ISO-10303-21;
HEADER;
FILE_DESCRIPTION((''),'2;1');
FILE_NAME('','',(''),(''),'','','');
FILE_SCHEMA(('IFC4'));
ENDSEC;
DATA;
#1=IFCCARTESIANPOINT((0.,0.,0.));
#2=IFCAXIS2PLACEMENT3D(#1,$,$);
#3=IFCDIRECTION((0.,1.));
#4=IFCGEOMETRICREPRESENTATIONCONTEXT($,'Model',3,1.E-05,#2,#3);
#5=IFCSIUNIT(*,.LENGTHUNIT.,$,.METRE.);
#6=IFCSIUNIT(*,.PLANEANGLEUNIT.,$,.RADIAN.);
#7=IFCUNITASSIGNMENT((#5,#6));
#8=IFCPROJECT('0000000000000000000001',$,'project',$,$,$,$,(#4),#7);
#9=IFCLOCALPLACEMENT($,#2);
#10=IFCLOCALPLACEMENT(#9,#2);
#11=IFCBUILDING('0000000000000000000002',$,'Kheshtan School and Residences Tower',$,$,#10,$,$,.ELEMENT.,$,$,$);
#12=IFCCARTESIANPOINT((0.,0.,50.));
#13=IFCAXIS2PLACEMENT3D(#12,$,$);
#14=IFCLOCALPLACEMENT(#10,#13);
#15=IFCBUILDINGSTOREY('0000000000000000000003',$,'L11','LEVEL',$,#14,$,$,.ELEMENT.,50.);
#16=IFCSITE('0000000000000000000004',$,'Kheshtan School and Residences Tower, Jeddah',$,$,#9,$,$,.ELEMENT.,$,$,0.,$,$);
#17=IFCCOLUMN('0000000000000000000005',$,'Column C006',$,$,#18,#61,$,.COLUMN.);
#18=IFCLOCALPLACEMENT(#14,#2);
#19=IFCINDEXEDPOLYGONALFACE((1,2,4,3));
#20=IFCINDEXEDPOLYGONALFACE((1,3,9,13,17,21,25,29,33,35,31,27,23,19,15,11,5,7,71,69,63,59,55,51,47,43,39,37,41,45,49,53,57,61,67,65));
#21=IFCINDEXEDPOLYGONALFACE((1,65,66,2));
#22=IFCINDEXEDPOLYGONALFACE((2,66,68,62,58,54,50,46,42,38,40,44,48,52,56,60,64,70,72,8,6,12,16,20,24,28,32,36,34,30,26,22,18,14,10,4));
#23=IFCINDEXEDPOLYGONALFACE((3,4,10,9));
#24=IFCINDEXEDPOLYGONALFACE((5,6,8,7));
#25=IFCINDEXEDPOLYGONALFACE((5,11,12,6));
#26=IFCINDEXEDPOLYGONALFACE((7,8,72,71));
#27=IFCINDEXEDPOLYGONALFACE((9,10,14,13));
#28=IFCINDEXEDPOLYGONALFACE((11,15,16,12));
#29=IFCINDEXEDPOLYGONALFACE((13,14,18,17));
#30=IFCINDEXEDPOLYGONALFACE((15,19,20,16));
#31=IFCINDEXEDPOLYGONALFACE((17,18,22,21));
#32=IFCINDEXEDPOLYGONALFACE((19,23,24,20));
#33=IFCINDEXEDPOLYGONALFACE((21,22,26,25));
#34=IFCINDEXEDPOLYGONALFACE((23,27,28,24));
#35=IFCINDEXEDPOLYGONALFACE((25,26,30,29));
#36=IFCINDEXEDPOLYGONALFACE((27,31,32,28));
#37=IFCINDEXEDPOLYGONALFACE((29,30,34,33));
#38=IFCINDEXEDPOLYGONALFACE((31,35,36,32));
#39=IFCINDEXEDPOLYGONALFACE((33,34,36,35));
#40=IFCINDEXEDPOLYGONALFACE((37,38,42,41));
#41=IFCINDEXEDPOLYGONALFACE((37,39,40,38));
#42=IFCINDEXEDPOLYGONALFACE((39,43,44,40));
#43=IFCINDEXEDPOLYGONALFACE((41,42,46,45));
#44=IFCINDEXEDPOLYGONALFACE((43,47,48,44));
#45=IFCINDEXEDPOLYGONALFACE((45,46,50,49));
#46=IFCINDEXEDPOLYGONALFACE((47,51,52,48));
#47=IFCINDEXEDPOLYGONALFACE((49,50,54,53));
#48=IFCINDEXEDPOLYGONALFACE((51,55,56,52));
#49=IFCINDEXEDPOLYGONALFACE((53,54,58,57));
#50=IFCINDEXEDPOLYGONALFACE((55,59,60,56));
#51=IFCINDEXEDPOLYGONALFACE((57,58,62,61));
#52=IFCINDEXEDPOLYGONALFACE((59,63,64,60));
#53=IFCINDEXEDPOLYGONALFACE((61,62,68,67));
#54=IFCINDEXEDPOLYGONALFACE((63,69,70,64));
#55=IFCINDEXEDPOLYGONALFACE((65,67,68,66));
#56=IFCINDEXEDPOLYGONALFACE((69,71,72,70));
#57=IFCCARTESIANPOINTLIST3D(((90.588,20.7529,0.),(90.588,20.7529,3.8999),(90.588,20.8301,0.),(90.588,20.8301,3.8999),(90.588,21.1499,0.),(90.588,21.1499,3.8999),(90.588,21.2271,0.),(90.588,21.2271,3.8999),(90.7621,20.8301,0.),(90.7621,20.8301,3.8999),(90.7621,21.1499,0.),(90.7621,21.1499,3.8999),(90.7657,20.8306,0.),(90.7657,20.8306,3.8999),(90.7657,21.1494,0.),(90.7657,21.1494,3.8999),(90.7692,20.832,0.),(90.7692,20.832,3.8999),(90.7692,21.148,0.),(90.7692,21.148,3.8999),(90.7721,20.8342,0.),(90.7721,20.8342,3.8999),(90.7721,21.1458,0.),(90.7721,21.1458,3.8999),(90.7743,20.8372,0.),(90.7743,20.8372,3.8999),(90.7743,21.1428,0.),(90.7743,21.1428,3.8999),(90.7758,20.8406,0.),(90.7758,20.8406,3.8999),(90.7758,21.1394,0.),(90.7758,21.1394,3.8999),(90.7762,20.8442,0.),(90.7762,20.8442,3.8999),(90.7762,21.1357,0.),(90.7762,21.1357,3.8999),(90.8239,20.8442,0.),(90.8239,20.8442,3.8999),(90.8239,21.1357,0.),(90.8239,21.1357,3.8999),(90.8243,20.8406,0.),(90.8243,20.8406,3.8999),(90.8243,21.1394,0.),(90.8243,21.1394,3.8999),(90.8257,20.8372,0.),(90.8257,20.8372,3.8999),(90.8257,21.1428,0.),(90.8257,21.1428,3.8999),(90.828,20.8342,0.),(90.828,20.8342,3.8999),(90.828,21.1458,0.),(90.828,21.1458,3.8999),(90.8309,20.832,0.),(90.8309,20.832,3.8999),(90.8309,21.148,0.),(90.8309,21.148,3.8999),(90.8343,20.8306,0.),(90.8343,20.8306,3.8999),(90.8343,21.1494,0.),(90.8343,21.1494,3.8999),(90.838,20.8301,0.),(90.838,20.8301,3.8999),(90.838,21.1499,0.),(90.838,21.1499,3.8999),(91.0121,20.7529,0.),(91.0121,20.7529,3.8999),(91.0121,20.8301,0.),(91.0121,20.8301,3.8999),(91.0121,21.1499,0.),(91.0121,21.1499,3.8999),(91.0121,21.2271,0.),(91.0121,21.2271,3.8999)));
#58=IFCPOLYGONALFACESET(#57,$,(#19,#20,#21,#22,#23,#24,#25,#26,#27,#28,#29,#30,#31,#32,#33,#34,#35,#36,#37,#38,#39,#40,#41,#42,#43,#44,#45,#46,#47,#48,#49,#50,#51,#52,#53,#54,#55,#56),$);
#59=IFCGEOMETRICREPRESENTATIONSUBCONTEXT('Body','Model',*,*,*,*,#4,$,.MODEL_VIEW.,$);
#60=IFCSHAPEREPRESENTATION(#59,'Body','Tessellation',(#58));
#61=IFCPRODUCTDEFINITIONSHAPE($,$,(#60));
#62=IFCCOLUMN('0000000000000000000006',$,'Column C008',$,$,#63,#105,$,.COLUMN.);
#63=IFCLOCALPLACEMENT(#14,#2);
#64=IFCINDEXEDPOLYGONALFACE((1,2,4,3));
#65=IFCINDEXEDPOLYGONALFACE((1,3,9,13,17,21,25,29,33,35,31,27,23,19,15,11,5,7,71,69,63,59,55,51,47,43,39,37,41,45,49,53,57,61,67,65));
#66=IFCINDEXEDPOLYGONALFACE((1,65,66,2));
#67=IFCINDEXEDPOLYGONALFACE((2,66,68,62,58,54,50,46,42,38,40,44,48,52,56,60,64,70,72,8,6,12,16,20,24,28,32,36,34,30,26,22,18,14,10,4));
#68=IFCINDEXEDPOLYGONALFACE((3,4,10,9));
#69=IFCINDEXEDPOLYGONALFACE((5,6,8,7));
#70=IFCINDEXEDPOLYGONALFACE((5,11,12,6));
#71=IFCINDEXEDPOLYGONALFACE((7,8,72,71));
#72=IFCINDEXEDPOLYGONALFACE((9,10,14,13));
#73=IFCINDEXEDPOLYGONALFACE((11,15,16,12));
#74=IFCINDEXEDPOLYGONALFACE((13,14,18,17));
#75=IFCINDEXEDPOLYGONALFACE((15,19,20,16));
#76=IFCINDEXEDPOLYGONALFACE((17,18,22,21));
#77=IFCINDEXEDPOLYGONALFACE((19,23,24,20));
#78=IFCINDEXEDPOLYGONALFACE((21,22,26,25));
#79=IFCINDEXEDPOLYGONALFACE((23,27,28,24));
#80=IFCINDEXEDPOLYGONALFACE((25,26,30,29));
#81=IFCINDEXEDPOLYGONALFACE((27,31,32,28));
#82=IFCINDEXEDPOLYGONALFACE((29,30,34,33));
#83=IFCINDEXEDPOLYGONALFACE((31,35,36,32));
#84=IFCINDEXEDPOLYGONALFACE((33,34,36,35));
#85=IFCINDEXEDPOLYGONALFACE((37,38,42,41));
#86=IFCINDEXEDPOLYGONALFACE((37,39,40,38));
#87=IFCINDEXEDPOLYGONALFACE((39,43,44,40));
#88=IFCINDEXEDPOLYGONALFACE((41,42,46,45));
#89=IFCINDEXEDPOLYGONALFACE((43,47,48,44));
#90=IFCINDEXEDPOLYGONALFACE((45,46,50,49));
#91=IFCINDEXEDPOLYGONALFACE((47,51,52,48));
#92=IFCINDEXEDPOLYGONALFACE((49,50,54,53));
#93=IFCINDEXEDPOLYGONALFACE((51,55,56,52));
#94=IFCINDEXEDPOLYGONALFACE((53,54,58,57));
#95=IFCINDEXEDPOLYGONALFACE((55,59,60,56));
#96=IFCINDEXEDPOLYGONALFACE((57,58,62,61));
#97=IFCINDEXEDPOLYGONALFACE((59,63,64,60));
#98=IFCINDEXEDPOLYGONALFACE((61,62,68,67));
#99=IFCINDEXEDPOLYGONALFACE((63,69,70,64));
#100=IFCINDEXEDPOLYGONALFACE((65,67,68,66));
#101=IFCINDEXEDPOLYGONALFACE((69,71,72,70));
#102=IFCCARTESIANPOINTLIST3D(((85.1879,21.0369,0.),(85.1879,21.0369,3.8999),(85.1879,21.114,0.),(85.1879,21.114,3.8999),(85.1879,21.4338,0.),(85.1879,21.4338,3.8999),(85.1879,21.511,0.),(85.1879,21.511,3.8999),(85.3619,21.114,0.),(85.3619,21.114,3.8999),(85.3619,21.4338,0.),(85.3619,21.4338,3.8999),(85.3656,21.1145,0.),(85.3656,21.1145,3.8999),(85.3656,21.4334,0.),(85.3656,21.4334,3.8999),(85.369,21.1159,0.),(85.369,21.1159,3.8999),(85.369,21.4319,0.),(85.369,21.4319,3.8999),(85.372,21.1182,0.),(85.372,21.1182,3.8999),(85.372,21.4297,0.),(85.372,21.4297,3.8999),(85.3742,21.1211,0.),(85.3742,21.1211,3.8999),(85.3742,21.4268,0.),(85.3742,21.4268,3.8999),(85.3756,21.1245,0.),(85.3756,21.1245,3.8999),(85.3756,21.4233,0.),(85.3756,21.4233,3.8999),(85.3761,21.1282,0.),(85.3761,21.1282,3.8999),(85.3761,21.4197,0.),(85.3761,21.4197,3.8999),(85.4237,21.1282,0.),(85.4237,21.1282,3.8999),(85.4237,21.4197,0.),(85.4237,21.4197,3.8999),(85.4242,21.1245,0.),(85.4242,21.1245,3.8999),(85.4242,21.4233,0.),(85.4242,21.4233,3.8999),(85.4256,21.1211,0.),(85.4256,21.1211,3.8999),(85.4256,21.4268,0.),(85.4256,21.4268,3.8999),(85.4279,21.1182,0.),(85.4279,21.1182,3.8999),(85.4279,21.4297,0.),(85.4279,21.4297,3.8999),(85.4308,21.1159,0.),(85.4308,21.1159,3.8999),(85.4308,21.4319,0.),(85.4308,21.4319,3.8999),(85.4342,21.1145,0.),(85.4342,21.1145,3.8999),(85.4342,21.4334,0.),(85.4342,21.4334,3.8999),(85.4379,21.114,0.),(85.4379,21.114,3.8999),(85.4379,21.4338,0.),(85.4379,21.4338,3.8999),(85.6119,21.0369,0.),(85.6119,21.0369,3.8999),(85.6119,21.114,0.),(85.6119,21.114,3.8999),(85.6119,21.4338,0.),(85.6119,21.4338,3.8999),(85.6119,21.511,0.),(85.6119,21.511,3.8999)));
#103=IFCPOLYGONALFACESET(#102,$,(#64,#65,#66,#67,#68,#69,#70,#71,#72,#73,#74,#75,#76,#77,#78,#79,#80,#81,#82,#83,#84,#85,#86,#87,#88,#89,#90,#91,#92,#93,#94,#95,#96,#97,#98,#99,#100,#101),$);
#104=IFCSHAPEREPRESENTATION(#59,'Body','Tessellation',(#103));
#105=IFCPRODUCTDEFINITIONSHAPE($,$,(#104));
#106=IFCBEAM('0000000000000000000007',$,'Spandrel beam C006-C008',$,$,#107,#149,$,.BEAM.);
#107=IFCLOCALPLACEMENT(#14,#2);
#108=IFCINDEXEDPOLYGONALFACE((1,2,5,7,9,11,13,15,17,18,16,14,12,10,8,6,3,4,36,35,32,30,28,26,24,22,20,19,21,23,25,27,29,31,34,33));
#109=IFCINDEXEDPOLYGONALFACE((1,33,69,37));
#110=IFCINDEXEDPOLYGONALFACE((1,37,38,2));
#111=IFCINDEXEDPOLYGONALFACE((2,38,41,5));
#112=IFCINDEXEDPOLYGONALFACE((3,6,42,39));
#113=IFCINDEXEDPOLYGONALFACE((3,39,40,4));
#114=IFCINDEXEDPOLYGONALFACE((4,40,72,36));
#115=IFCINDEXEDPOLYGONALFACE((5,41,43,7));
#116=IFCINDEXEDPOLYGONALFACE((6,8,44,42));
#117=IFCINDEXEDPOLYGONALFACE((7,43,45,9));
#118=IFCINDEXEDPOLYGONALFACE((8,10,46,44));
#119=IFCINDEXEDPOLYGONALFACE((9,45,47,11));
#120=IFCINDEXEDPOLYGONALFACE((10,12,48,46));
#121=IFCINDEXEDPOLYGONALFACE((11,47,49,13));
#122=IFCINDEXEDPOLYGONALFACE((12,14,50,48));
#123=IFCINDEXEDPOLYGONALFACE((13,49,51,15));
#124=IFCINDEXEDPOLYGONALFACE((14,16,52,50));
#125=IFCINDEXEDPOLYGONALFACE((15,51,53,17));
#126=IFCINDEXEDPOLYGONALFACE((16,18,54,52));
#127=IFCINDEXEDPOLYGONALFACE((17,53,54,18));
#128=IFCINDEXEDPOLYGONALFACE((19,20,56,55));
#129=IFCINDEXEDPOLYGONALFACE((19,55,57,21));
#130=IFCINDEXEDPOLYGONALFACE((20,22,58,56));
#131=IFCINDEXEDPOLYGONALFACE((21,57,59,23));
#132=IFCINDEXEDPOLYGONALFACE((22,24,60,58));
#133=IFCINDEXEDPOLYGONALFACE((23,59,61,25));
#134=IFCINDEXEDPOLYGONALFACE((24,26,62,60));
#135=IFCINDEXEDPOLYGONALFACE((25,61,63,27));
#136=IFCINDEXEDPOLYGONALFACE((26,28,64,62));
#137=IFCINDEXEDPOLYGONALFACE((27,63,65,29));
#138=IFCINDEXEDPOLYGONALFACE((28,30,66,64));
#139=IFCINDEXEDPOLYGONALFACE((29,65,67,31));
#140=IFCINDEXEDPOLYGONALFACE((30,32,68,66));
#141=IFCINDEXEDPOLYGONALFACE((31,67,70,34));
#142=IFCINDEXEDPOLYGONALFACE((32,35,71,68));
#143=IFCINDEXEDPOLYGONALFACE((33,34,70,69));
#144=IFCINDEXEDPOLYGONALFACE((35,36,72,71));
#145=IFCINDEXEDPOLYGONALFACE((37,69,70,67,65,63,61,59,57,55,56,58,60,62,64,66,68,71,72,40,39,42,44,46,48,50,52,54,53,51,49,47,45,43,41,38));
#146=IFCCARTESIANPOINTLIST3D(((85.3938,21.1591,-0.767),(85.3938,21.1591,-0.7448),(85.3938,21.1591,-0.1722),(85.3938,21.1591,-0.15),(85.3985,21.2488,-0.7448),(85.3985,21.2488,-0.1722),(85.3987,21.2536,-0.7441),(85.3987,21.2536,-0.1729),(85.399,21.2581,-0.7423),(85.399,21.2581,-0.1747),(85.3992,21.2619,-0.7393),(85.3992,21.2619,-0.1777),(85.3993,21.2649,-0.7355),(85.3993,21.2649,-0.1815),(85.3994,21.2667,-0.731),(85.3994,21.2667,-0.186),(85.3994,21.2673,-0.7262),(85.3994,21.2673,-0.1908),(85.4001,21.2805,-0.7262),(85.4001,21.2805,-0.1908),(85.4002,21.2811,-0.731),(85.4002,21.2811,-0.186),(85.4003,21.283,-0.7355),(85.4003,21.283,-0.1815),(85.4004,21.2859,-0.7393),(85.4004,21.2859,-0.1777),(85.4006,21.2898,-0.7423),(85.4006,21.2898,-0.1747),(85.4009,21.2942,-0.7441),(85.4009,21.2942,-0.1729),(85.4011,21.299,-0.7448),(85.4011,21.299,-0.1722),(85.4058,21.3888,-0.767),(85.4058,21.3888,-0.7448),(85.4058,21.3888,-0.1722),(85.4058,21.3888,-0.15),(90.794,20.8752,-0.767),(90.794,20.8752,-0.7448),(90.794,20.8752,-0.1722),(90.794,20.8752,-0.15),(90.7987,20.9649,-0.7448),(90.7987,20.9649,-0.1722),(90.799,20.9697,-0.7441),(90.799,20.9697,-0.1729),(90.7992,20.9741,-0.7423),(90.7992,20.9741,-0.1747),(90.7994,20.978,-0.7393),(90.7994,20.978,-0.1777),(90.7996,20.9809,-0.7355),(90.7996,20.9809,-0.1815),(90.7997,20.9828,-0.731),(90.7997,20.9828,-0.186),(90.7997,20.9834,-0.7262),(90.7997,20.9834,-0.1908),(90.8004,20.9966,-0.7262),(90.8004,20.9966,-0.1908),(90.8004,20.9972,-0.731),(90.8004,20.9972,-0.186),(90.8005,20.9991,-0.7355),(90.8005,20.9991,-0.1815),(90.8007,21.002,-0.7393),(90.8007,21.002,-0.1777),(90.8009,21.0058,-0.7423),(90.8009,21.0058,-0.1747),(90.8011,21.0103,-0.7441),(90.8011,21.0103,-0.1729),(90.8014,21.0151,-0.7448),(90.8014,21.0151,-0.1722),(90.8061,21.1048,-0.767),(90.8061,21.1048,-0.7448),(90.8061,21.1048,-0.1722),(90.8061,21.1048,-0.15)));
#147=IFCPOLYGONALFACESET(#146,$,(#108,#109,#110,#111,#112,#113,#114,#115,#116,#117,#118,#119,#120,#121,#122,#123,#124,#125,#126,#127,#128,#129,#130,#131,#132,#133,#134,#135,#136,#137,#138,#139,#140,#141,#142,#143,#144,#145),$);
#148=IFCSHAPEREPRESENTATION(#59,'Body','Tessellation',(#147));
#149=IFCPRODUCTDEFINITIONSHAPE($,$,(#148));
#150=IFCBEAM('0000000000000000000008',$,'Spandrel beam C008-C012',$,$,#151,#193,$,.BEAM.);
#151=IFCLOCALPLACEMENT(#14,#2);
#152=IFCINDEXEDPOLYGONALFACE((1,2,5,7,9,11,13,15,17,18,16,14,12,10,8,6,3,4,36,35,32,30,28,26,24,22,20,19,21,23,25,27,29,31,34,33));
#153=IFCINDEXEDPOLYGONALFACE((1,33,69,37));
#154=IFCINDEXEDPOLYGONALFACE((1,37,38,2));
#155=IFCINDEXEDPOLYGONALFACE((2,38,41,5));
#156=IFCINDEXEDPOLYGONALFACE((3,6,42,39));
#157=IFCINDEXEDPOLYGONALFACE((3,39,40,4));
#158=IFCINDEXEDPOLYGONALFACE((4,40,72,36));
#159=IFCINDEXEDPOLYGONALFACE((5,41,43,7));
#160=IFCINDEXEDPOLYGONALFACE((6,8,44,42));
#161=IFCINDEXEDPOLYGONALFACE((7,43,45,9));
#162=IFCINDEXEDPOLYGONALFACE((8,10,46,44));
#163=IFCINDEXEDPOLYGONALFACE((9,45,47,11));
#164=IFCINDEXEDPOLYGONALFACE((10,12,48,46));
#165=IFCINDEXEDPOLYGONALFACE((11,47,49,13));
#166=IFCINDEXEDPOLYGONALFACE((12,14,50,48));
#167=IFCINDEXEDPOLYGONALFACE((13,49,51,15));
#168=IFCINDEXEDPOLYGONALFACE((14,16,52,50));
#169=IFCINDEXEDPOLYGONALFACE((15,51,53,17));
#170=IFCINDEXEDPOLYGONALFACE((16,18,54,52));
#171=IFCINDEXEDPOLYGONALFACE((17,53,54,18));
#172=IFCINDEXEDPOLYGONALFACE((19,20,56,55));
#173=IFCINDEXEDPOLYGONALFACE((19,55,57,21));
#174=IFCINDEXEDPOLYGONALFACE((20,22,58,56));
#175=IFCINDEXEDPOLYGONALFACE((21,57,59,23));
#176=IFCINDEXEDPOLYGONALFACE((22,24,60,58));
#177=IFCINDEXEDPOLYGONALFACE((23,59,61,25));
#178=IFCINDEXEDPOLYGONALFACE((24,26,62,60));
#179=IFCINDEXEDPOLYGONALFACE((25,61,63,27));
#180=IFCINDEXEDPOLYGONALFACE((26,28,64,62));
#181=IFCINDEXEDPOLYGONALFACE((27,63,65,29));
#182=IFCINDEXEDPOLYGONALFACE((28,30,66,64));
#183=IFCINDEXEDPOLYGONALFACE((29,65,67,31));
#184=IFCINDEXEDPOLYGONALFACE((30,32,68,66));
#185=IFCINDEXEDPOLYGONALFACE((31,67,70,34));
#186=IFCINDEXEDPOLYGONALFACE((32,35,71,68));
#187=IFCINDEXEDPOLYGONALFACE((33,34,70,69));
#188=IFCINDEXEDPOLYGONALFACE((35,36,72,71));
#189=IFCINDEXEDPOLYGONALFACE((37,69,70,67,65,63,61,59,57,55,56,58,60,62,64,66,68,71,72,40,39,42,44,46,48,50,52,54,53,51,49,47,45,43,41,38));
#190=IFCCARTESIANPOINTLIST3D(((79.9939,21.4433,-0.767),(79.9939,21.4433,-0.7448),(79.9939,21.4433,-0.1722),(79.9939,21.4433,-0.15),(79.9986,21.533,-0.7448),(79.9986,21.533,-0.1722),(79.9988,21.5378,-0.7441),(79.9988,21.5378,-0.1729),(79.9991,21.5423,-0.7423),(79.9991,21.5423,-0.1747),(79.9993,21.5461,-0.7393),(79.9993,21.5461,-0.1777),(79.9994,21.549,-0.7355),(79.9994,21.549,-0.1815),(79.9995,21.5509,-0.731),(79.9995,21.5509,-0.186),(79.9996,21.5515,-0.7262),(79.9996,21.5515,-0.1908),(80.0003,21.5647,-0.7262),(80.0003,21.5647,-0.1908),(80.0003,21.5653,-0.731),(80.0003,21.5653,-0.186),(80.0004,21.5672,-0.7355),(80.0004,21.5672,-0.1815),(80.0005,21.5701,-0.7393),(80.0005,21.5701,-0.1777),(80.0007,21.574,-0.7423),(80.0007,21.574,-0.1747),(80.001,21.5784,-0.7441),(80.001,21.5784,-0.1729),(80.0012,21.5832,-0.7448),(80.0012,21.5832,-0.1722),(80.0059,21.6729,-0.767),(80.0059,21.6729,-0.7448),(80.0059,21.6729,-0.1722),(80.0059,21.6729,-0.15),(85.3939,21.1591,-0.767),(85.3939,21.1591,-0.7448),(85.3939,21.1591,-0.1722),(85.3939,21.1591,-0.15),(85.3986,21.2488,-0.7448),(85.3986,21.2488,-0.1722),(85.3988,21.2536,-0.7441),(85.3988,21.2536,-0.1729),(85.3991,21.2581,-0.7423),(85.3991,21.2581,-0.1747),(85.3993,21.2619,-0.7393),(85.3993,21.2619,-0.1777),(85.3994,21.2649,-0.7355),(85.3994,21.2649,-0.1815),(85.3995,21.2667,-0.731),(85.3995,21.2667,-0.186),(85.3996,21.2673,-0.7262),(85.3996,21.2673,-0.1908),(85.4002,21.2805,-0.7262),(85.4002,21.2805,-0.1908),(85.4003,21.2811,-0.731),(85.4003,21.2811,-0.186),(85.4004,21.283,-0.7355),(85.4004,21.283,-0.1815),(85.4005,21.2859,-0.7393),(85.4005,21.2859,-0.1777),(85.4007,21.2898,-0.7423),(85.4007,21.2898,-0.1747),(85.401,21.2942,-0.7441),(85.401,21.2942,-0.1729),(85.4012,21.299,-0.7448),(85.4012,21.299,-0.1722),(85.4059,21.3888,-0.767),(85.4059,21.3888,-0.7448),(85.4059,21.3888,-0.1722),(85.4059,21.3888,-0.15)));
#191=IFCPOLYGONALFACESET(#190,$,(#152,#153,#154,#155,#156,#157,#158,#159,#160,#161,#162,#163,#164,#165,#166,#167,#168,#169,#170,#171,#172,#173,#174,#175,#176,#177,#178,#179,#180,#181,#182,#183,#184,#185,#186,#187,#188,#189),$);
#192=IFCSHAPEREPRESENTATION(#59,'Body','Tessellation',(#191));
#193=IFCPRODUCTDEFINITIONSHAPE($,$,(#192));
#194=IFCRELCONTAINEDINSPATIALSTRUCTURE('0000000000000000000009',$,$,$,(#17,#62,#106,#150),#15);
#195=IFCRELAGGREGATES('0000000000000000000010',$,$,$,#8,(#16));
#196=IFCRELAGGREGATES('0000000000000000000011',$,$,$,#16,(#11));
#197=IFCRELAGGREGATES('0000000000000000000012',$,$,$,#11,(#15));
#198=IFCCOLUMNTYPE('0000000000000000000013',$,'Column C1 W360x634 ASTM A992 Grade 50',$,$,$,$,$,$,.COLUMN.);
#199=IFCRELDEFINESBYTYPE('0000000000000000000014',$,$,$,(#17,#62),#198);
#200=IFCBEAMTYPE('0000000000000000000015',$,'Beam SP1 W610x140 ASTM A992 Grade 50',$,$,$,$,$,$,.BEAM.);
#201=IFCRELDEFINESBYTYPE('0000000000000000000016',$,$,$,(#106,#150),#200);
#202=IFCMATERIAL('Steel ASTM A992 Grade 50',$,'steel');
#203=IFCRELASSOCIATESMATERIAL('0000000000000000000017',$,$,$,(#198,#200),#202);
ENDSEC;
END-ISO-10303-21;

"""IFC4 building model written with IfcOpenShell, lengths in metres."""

from ifc_helpers import new_model, si_unit, direction, frame, origin, origin_2d, place, context, subcontext, project, spatial, i_section, extrude, material, material_profile, profile_set, type_object, element, save


model = new_model("IFC4")

# Units and contexts
model_context = context("Model", 3, precision=1e-05, world=origin(), true_north=direction((0.0, 1.0)))
body_context = subcontext(model_context, "Body", "Model", "MODEL_VIEW")
ifc_project = project(units=[si_unit("LENGTHUNIT", "METRE"), si_unit("PLANEANGLEUNIT", "RADIAN")], contexts=[model_context])

# Site, building, storey
site_placement = place(None, origin())
site = spatial("IfcSite", under=ifc_project, at=site_placement, Name="Kheshtan School and Residences Tower, Jeddah", CompositionType="ELEMENT", RefElevation=0.0)
building_placement = place(site_placement, origin())
building = spatial("IfcBuilding", under=site, at=building_placement, Name="Kheshtan School and Residences Tower", CompositionType="ELEMENT")
storey_placement = place(building_placement, frame((0.0, 0.0, 50.0)))
storey = spatial("IfcBuildingStorey", under=building, at=storey_placement, Name="L11", Description="LEVEL", CompositionType="ELEMENT", Elevation=50.0)

# Columns
ifc_material_1 = material(Name="Steel ASTM A992 Grade 50", Category="steel")
ifc_material_profile_1 = material_profile(ifc_material_1, i_section(OverallWidth=0.4241, OverallDepth=0.4741, WebThickness=0.0476, FlangeThickness=0.0771, FilletRadius=0.0142, at=origin_2d()), Name="W360x634")
ifc_profile_set_1 = profile_set([ifc_material_profile_1], Name="Steel ASTM A992 Grade 50")
column_type = type_object("IfcColumnType", Name="Column C1 W360x634 ASTM A992 Grade 50", PredefinedType="COLUMN", material=ifc_profile_set_1)
for number, where, z_axis, x_axis, name in (
    (1, (90.8, 20.99, 0.0), (0.0, 0.0, 1.0), (1.0, 0.0, 0.0), "Column C006"),
    (2, (85.3999, 21.2739, 0.0), (0.0, 0.0, 1.0), (1.0, 0.0, 0.0), "Column C008"),
):
    element("IfcColumn", number, at=place(storey_placement, frame(where, z_axis=z_axis, x_axis=x_axis)), inside=storey, type_object=column_type, Name=name, PredefinedType="COLUMN", context=body_context, shape_type="SweptSolid", body=[
        extrude(i_section(OverallWidth=0.4241, OverallDepth=0.4741, WebThickness=0.0476, FlangeThickness=0.0771, FilletRadius=0.0142, at=origin_2d()), origin(), (0.0, 0.0, 1.0), 3.8999),
    ])

# Beams
ifc_material_profile_2 = material_profile(ifc_material_1, i_section(OverallWidth=0.23, OverallDepth=0.6169, WebThickness=0.0132, FlangeThickness=0.0222, FilletRadius=0.0186, at=origin_2d()), Name="W610x140")
ifc_profile_set_2 = profile_set([ifc_material_profile_2], Name="Steel ASTM A992 Grade 50")
beam_type = type_object("IfcBeamType", Name="Beam SP1 W610x140 ASTM A992 Grade 50", PredefinedType="BEAM", material=ifc_profile_set_2)
beam_1_placement = place(storey_placement, frame((90.8, 20.99, -0.4585), z_axis=(-0.998621, 0.052507, 0.0), x_axis=(-0.052507, -0.998621, 0.0)))
element("IfcBeam", 3, at=beam_1_placement, inside=storey, type_object=beam_type, Name="Spandrel beam C006-C008", PredefinedType="BEAM", context=body_context, shape_type="SweptSolid", body=[
    extrude(i_section(OverallWidth=0.23, OverallDepth=0.6169, WebThickness=0.0132, FlangeThickness=0.0222, FilletRadius=0.0186, at=origin_2d()), origin(), (0.0, 0.0, 1.0), 5.4077),
])
beam_2_placement = place(storey_placement, frame((85.3999, 21.2739, -0.4585), z_axis=(-0.998618, 0.052554, 0.0), x_axis=(-0.052554, -0.998618, 0.0)))
element("IfcBeam", 4, at=beam_2_placement, inside=storey, type_object=beam_type, Name="Spandrel beam C008-C012", PredefinedType="BEAM", context=body_context, shape_type="SweptSolid", body=[
    extrude(i_section(OverallWidth=0.23, OverallDepth=0.6169, WebThickness=0.0132, FlangeThickness=0.0222, FilletRadius=0.0186, at=origin_2d()), origin(), (0.0, 0.0, 1.0), 5.4075),
])

save(model, "model.ifc")
